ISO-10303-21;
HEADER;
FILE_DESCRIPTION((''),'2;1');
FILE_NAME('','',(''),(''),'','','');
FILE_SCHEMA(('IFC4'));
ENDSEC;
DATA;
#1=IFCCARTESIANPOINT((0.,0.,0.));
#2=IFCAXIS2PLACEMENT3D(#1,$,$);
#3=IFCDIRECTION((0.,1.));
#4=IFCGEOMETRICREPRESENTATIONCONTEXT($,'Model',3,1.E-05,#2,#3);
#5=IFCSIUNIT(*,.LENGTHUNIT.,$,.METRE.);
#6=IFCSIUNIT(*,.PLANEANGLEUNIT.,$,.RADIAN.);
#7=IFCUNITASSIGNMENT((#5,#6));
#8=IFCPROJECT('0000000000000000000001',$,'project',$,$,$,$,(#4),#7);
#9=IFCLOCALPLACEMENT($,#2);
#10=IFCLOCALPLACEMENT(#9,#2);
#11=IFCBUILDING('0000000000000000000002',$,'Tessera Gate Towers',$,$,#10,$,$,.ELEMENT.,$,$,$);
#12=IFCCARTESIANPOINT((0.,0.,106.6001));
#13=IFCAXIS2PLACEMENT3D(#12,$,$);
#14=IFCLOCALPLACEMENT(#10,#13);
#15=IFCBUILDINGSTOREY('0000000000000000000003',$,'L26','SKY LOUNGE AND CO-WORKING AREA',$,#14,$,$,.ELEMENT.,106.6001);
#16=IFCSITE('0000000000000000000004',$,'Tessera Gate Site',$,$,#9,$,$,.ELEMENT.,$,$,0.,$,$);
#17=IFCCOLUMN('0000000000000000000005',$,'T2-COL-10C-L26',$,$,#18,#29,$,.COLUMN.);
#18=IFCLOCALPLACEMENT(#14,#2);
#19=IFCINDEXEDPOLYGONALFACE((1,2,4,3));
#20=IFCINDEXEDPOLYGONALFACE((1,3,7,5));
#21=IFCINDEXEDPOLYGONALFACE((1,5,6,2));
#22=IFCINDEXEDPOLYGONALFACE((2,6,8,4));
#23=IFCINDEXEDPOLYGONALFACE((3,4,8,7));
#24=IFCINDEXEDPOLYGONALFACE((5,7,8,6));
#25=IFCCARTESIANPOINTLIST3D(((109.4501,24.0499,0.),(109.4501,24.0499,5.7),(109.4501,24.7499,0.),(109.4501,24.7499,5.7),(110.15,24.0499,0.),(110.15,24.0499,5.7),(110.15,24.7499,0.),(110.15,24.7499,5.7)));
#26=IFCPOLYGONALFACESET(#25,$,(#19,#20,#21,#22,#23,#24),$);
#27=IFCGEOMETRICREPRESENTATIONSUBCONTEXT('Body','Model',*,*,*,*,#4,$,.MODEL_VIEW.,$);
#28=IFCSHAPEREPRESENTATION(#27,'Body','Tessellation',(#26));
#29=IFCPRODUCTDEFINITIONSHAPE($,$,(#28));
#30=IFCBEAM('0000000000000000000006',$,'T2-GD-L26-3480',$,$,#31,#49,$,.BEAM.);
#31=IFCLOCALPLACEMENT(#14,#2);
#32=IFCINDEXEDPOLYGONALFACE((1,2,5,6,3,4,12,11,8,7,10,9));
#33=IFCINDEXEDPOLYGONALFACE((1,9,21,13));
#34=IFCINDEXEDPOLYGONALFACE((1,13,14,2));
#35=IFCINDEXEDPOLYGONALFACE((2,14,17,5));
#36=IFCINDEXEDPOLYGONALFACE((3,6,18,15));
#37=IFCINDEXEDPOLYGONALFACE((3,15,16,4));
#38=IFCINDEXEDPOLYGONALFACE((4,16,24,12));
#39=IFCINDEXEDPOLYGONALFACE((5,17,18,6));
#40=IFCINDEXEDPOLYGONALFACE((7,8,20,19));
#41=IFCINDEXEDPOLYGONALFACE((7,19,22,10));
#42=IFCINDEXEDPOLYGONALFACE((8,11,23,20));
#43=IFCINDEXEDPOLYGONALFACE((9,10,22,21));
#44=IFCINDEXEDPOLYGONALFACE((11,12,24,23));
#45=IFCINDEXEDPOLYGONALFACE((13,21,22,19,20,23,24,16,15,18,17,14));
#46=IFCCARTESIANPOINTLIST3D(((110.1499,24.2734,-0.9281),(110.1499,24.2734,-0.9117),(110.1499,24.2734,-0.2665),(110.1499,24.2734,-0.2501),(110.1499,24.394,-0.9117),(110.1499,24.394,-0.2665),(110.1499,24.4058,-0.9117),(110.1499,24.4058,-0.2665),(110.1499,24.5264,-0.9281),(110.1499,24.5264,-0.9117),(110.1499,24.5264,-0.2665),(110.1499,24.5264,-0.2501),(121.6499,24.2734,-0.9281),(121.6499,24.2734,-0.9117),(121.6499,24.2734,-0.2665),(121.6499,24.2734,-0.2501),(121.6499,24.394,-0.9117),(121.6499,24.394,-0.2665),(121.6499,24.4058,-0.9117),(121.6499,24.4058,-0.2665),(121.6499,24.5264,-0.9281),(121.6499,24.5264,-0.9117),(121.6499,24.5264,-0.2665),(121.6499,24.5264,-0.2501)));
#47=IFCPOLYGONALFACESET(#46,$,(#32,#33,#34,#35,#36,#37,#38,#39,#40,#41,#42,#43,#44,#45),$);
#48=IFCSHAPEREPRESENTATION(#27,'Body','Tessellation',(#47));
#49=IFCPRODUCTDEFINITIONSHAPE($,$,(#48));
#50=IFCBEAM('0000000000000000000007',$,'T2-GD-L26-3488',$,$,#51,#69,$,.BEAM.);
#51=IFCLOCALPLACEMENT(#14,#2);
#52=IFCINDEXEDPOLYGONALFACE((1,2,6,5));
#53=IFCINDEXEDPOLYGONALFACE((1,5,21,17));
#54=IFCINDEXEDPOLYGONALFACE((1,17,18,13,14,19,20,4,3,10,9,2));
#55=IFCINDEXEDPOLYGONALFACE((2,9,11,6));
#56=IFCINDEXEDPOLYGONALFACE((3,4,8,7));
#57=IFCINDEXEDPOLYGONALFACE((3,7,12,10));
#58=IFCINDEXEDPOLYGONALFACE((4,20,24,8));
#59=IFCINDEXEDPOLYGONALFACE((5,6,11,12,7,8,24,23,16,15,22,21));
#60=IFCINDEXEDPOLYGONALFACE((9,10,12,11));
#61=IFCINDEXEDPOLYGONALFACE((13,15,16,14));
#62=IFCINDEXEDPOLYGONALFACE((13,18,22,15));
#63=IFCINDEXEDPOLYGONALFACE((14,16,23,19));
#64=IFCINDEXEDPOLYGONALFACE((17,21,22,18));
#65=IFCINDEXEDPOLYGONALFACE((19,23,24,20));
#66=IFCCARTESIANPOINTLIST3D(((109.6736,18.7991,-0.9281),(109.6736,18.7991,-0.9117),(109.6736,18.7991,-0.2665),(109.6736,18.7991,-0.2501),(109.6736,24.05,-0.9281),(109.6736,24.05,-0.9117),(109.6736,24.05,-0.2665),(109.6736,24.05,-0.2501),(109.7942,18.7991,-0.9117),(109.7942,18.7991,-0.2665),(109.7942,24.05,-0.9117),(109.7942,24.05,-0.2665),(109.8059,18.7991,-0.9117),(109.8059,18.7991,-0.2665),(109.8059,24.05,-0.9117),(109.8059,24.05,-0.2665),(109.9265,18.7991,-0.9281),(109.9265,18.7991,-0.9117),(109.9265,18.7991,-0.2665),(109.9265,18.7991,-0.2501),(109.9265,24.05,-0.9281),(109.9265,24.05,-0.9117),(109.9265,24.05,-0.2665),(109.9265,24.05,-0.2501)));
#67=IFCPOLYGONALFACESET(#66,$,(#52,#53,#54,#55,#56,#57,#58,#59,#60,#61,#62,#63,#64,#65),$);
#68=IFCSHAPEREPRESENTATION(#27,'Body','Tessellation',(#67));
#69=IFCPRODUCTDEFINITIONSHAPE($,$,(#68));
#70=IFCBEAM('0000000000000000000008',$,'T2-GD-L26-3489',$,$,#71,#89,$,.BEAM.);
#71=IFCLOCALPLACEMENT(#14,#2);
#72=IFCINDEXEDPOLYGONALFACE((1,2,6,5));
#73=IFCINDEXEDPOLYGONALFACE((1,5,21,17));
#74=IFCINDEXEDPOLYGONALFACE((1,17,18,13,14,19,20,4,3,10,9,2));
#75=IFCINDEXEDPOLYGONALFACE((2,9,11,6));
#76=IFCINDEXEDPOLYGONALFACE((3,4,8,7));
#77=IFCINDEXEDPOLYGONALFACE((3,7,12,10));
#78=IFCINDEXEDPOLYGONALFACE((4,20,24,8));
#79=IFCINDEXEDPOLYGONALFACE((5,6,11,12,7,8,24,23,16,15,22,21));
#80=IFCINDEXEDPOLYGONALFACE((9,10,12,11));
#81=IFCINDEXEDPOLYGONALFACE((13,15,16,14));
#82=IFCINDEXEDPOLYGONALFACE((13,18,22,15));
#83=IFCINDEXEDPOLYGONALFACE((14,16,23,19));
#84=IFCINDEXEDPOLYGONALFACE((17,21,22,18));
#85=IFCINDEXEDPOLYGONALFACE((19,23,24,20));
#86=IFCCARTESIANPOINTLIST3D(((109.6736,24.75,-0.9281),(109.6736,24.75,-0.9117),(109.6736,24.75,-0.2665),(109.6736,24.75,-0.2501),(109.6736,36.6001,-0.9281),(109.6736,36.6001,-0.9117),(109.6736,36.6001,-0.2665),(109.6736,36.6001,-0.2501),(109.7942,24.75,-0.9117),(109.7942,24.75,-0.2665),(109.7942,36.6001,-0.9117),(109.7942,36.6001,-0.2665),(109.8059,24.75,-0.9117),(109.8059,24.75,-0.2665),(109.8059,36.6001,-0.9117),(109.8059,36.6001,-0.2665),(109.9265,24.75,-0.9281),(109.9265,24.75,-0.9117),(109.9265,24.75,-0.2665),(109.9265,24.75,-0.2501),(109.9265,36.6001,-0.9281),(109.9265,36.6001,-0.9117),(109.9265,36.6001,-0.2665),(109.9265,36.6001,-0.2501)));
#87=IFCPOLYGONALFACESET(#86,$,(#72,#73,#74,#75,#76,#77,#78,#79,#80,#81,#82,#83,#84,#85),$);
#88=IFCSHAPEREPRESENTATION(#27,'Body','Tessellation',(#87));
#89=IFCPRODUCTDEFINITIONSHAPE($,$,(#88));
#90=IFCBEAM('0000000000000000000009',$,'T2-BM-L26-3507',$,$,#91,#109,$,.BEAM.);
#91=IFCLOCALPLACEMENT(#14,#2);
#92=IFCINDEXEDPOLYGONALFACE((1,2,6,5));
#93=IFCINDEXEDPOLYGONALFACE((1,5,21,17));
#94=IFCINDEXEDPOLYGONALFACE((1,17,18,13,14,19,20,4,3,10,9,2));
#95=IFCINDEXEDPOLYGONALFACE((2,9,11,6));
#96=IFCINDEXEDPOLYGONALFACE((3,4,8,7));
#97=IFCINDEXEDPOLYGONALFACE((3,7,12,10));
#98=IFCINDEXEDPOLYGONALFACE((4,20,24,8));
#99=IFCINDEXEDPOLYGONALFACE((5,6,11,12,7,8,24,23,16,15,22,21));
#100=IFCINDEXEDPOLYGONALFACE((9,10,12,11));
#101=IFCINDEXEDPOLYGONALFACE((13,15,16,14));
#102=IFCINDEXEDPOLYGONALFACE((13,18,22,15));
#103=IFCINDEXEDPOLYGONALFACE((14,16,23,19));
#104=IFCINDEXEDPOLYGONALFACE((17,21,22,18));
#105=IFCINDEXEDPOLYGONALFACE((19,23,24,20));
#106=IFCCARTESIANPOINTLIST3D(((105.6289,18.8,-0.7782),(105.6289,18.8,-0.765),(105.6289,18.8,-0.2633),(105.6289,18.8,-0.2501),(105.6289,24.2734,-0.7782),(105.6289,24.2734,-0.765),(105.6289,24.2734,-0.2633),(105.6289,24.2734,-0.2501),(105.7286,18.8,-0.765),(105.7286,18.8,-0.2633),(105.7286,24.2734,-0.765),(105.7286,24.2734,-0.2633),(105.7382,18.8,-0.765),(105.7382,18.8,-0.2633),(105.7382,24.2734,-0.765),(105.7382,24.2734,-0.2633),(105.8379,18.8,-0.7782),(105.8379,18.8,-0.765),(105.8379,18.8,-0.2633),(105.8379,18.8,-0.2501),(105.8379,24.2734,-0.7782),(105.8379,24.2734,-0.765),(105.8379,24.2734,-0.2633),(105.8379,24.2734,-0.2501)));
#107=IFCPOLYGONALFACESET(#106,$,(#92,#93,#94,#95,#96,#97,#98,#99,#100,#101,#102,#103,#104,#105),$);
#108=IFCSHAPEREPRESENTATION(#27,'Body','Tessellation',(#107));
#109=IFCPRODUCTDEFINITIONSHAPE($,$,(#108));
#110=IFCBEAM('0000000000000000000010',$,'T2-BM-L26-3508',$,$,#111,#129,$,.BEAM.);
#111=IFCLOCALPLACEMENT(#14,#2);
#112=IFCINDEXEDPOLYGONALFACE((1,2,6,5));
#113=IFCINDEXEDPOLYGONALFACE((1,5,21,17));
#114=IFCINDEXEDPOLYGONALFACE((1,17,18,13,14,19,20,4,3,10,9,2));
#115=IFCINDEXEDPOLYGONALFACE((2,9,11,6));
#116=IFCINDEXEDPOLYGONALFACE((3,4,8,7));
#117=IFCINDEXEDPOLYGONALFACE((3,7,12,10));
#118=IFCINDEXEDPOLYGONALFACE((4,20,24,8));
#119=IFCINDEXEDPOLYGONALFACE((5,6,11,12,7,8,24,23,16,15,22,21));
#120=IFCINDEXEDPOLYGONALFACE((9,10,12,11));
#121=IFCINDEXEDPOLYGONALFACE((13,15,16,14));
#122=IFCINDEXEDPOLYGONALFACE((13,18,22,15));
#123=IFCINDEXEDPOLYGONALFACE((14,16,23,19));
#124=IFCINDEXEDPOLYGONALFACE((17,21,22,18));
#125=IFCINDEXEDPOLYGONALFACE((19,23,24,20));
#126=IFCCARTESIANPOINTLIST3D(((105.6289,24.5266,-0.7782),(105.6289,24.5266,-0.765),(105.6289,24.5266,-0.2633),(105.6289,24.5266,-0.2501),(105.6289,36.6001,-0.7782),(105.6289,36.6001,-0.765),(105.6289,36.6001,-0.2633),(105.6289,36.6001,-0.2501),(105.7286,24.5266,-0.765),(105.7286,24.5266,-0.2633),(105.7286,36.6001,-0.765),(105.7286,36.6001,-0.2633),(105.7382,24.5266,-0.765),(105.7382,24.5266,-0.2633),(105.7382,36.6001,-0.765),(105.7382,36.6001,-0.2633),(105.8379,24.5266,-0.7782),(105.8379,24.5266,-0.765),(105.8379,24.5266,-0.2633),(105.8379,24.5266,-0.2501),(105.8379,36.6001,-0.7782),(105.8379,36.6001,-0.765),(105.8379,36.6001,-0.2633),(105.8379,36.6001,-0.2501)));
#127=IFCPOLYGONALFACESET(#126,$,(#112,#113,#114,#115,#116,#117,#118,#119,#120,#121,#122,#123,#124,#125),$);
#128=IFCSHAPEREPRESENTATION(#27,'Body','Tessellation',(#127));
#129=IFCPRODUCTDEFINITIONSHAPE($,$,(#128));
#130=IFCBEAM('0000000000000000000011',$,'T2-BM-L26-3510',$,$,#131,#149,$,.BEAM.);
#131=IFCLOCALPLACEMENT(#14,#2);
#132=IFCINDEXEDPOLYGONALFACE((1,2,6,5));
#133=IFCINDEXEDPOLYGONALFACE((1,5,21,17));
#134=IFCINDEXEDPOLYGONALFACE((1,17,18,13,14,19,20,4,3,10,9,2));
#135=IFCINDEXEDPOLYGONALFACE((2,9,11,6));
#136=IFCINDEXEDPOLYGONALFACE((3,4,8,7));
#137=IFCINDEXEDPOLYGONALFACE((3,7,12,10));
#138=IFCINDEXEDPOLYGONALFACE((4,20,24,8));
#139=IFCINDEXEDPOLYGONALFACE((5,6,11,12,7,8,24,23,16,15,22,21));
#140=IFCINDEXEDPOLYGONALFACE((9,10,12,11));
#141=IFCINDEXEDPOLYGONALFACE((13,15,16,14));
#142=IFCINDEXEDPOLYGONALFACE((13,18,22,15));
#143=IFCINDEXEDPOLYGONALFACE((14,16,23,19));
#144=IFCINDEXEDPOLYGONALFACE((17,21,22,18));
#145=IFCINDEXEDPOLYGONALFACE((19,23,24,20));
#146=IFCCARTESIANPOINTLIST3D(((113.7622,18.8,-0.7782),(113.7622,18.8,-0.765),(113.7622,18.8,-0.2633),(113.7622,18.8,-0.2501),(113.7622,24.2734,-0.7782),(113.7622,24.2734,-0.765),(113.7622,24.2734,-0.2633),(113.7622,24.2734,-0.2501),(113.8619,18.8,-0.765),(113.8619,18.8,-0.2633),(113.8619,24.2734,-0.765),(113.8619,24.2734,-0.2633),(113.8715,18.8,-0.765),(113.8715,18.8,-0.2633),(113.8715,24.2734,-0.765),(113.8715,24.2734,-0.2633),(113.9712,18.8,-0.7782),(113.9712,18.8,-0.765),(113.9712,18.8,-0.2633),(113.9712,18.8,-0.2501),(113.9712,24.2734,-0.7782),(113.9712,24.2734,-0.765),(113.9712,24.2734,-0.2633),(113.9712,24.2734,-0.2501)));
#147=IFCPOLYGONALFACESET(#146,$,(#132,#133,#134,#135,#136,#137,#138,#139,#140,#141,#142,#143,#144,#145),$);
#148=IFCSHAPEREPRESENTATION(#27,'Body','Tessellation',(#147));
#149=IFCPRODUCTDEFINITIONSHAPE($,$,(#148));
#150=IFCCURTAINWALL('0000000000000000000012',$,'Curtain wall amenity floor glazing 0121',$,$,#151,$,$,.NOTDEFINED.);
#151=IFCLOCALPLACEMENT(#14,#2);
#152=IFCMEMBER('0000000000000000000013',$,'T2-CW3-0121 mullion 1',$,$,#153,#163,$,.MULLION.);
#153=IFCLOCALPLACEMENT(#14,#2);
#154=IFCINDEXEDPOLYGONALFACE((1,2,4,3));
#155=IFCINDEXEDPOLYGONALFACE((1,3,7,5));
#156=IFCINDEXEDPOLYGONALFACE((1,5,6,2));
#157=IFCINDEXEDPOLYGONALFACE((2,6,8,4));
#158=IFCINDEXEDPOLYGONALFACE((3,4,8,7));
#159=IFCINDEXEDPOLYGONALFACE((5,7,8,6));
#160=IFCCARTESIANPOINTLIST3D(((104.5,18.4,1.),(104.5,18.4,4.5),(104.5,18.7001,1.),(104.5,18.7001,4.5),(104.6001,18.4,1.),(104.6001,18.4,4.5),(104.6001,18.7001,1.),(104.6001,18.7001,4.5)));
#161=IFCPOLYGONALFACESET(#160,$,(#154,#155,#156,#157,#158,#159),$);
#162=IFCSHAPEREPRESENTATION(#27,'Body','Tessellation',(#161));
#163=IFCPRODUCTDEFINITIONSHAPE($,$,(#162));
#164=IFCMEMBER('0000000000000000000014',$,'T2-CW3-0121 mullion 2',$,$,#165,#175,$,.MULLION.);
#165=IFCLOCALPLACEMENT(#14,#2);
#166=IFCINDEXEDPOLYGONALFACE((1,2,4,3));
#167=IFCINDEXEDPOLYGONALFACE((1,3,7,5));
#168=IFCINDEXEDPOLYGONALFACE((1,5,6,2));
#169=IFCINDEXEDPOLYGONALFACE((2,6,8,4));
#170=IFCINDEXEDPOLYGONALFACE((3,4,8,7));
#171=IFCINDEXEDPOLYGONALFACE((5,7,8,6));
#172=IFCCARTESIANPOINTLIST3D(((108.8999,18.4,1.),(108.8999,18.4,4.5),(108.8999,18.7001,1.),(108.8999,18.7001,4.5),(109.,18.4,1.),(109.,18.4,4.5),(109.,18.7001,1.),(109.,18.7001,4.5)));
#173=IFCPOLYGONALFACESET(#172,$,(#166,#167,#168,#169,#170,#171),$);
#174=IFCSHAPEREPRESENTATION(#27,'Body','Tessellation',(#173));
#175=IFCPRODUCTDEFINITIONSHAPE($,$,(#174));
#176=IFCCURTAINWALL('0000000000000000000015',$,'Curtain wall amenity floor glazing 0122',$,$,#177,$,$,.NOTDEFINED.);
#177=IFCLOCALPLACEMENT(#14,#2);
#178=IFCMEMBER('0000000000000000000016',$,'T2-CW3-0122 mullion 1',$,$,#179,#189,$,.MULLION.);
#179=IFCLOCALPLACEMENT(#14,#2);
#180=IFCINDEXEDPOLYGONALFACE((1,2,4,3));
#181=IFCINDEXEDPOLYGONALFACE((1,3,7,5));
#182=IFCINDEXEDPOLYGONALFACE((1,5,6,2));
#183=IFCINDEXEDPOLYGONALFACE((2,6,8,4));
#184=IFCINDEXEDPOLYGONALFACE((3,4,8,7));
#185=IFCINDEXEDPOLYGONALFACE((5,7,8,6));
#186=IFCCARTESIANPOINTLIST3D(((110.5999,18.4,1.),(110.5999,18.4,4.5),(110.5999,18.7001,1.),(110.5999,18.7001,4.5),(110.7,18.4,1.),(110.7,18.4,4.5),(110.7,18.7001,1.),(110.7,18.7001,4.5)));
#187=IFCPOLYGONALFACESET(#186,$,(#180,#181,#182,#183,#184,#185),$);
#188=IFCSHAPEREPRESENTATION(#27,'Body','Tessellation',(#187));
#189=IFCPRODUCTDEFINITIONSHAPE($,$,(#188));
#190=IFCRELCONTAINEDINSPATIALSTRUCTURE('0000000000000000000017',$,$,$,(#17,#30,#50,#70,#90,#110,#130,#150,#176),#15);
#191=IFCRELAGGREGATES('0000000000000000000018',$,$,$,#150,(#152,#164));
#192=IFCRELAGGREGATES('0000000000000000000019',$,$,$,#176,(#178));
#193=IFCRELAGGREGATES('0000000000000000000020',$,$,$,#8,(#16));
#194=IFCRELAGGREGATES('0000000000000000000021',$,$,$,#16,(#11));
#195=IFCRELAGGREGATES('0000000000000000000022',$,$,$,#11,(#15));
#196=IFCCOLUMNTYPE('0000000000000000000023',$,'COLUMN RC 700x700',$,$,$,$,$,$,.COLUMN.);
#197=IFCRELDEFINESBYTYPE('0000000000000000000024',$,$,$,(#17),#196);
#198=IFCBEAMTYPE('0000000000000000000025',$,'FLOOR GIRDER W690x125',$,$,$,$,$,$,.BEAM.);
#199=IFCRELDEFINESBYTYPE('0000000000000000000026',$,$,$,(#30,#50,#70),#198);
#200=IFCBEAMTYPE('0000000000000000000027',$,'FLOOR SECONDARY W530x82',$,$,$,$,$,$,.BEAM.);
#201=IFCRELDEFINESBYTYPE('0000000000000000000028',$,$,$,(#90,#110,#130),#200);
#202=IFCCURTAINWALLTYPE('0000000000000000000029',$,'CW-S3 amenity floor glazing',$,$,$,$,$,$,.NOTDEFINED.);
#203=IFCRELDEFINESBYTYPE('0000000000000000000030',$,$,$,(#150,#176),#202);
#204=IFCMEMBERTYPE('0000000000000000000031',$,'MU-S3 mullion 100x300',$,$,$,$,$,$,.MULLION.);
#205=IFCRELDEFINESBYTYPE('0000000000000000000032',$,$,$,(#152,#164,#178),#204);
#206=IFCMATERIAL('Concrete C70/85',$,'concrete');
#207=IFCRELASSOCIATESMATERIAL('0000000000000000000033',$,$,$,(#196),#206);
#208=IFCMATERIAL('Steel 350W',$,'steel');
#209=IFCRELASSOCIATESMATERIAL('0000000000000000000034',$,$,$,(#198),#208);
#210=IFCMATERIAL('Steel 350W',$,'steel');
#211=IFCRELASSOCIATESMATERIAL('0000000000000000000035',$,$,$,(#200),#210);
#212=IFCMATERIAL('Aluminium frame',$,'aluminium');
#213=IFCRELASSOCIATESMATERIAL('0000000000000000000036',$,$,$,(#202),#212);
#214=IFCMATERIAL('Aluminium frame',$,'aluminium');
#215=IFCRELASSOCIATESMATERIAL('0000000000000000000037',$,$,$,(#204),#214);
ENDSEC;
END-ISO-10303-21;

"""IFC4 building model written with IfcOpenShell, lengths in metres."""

from ifc_helpers import new_model, si_unit, direction, frame, origin, origin_2d, place, context, subcontext, project, spatial, rectangle, i_section, extrude, material, material_profile, profile_set, type_object, element, aggregate, save


model = new_model("IFC4")

# Units and contexts
model_context = context("Model", 3, precision=1e-05, world=origin(), true_north=direction((0.0, 1.0)))
body_context = subcontext(model_context, "Body", "Model", "MODEL_VIEW")
ifc_project = project(units=[si_unit("LENGTHUNIT", "METRE"), si_unit("PLANEANGLEUNIT", "RADIAN")], contexts=[model_context])

# Site, building, storey
site_placement = place(None, origin())
site = spatial("IfcSite", under=ifc_project, at=site_placement, Name="Tessera Gate Site", CompositionType="ELEMENT", RefElevation=0.0)
building_placement = place(site_placement, origin())
building = spatial("IfcBuilding", under=site, at=building_placement, Name="Tessera Gate Towers", CompositionType="ELEMENT")
storey_placement = place(building_placement, frame((0.0, 0.0, 106.6001)))
storey = spatial("IfcBuildingStorey", under=building, at=storey_placement, Name="L26", Description="SKY LOUNGE AND CO-WORKING AREA", CompositionType="ELEMENT", Elevation=106.6001)

# Column
ifc_material_1 = material(Name="Concrete C70/85", Category="concrete")
ifc_material_profile_1 = material_profile(ifc_material_1, rectangle(XDim=0.7, YDim=0.7, at=origin_2d()), Name="RC 700x700")
ifc_profile_set_1 = profile_set([ifc_material_profile_1], Name="Concrete C70/85")
column_type = type_object("IfcColumnType", Name="COLUMN RC 700x700", PredefinedType="COLUMN", material=ifc_profile_set_1)
column_placement = place(storey_placement, frame((109.8, 24.3999, 0.0), z_axis=(0.0, 0.0, 1.0), x_axis=(1.0, 0.0, 0.0)))
element("IfcColumn", 1, at=column_placement, inside=storey, type_object=column_type, Name="T2-COL-10C-L26", PredefinedType="COLUMN", context=body_context, shape_type="SweptSolid", body=[
    extrude(rectangle(XDim=0.7, YDim=0.7, at=origin_2d()), origin(), (0.0, 0.0, 1.0), 5.7),
])

# Beams
ifc_material_2 = material(Name="Steel 350W", Category="steel")
ifc_material_profile_2 = material_profile(ifc_material_2, i_section(OverallWidth=0.2529, OverallDepth=0.678, WebThickness=0.0117, FlangeThickness=0.0164, at=origin_2d()), Name="W690x125")
ifc_profile_set_2 = profile_set([ifc_material_profile_2], Name="Steel 350W")
beam_type_1 = type_object("IfcBeamType", Name="FLOOR GIRDER W690x125", PredefinedType="BEAM", material=ifc_profile_set_2)
beam_1_placement = place(storey_placement, frame((110.1499, 24.3999, -0.5891), z_axis=(1.0, 0.0, 0.0), x_axis=(0.0, 1.0, 0.0)))
element("IfcBeam", 2, at=beam_1_placement, inside=storey, type_object=beam_type_1, Name="T2-GD-L26-3480", PredefinedType="BEAM", context=body_context, shape_type="SweptSolid", body=[
    extrude(i_section(OverallWidth=0.2529, OverallDepth=0.678, WebThickness=0.0117, FlangeThickness=0.0164, at=origin_2d()), origin(), (0.0, 0.0, 1.0), 11.5),
])
beam_2_placement = place(storey_placement, frame((109.8, 18.7991, -0.5891), z_axis=(0.0, 1.0, 0.0), x_axis=(-1.0, 0.0, 0.0)))
element("IfcBeam", 3, at=beam_2_placement, inside=storey, type_object=beam_type_1, Name="T2-GD-L26-3488", PredefinedType="BEAM", context=body_context, shape_type="SweptSolid", body=[
    extrude(i_section(OverallWidth=0.2529, OverallDepth=0.678, WebThickness=0.0117, FlangeThickness=0.0164, at=origin_2d()), origin(), (0.0, 0.0, 1.0), 5.251),
])
beam_3_placement = place(storey_placement, frame((109.8, 24.75, -0.5891), z_axis=(0.0, 1.0, 0.0), x_axis=(-1.0, 0.0, 0.0)))
element("IfcBeam", 4, at=beam_3_placement, inside=storey, type_object=beam_type_1, Name="T2-GD-L26-3489", PredefinedType="BEAM", context=body_context, shape_type="SweptSolid", body=[
    extrude(i_section(OverallWidth=0.2529, OverallDepth=0.678, WebThickness=0.0117, FlangeThickness=0.0164, at=origin_2d()), origin(), (0.0, 0.0, 1.0), 11.8501),
])
ifc_material_3 = material(Name="Steel 350W", Category="steel")
ifc_material_profile_3 = material_profile(ifc_material_3, i_section(OverallWidth=0.209, OverallDepth=0.5281, WebThickness=0.0095, FlangeThickness=0.0132, at=origin_2d()), Name="W530x82")
ifc_profile_set_3 = profile_set([ifc_material_profile_3], Name="Steel 350W")
beam_type_2 = type_object("IfcBeamType", Name="FLOOR SECONDARY W530x82", PredefinedType="BEAM", material=ifc_profile_set_3)
beam_4_placement = place(storey_placement, frame((105.7334, 18.8, -0.5142), z_axis=(0.0, 1.0, 0.0), x_axis=(-1.0, 0.0, 0.0)))
element("IfcBeam", 5, at=beam_4_placement, inside=storey, type_object=beam_type_2, Name="T2-BM-L26-3507", PredefinedType="BEAM", context=body_context, shape_type="SweptSolid", body=[
    extrude(i_section(OverallWidth=0.209, OverallDepth=0.5281, WebThickness=0.0095, FlangeThickness=0.0132, at=origin_2d()), origin(), (0.0, 0.0, 1.0), 5.4734),
])
beam_5_placement = place(storey_placement, frame((105.7334, 24.5266, -0.5142), z_axis=(0.0, 1.0, 0.0), x_axis=(-1.0, 0.0, 0.0)))
element("IfcBeam", 6, at=beam_5_placement, inside=storey, type_object=beam_type_2, Name="T2-BM-L26-3508", PredefinedType="BEAM", context=body_context, shape_type="SweptSolid", body=[
    extrude(i_section(OverallWidth=0.209, OverallDepth=0.5281, WebThickness=0.0095, FlangeThickness=0.0132, at=origin_2d()), origin(), (0.0, 0.0, 1.0), 12.0735),
])
beam_6_placement = place(storey_placement, frame((113.8667, 18.8, -0.5142), z_axis=(0.0, 1.0, 0.0), x_axis=(-1.0, 0.0, 0.0)))
element("IfcBeam", 7, at=beam_6_placement, inside=storey, type_object=beam_type_2, Name="T2-BM-L26-3510", PredefinedType="BEAM", context=body_context, shape_type="SweptSolid", body=[
    extrude(i_section(OverallWidth=0.209, OverallDepth=0.5281, WebThickness=0.0095, FlangeThickness=0.0132, at=origin_2d()), origin(), (0.0, 0.0, 1.0), 5.4734),
])

# Curtain wall, members
ifc_material_4 = material(Name="Aluminium frame", Category="aluminium")
curtain_wall_type = type_object("IfcCurtainWallType", Name="CW-S3 amenity floor glazing", PredefinedType="NOTDEFINED", material=ifc_material_4)
curtain_wall_1_placement = place(storey_placement, origin())
curtain_wall_1 = element("IfcCurtainWall", 8, at=curtain_wall_1_placement, inside=storey, type_object=curtain_wall_type, Name="Curtain wall amenity floor glazing 0121", PredefinedType="NOTDEFINED")
ifc_material_5 = material(Name="Aluminium frame", Category="aluminium")
ifc_material_profile_4 = material_profile(ifc_material_5, rectangle(XDim=0.1001, YDim=0.3, at=origin_2d()), Name="AL 100x300")
ifc_profile_set_4 = profile_set([ifc_material_profile_4], Name="Aluminium frame")
member_type_1 = type_object("IfcMemberType", Name="MU-S3 mullion 100x300", PredefinedType="MULLION", material=ifc_profile_set_4)
member_1_placement = place(storey_placement, frame((104.55, 18.55, 1.0), z_axis=(0.0, 0.0, 1.0), x_axis=(1.0, 0.0, 0.0)))
member_1 = element("IfcMember", 9, at=member_1_placement, type_object=member_type_1, Name="T2-CW3-0121 mullion 1", PredefinedType="MULLION", context=body_context, shape_type="SweptSolid", body=[
    extrude(rectangle(XDim=0.1001, YDim=0.3, at=origin_2d()), origin(), (0.0, 0.0, 1.0), 3.5),
])
member_2_placement = place(storey_placement, frame((108.95, 18.55, 1.0), z_axis=(0.0, 0.0, 1.0), x_axis=(1.0, 0.0, 0.0)))
member_2 = element("IfcMember", 10, at=member_2_placement, type_object=member_type_1, Name="T2-CW3-0121 mullion 2", PredefinedType="MULLION", context=body_context, shape_type="SweptSolid", body=[
    extrude(rectangle(XDim=0.1001, YDim=0.3, at=origin_2d()), origin(), (0.0, 0.0, 1.0), 3.5),
])

# Curtain wall, member
curtain_wall_2_placement = place(storey_placement, origin())
curtain_wall_2 = element("IfcCurtainWall", 11, at=curtain_wall_2_placement, inside=storey, type_object=curtain_wall_type, Name="Curtain wall amenity floor glazing 0122", PredefinedType="NOTDEFINED")
member_3_placement = place(storey_placement, frame((110.6499, 18.55, 1.0), z_axis=(0.0, 0.0, 1.0), x_axis=(1.0, 0.0, 0.0)))
member_3 = element("IfcMember", 12, at=member_3_placement, type_object=member_type_1, Name="T2-CW3-0122 mullion 1", PredefinedType="MULLION", context=body_context, shape_type="SweptSolid", body=[
    extrude(rectangle(XDim=0.1001, YDim=0.3, at=origin_2d()), origin(), (0.0, 0.0, 1.0), 3.5),
])

aggregate(curtain_wall_1, [member_1, member_2])
aggregate(curtain_wall_2, [member_3])

save(model, "model.ifc")
